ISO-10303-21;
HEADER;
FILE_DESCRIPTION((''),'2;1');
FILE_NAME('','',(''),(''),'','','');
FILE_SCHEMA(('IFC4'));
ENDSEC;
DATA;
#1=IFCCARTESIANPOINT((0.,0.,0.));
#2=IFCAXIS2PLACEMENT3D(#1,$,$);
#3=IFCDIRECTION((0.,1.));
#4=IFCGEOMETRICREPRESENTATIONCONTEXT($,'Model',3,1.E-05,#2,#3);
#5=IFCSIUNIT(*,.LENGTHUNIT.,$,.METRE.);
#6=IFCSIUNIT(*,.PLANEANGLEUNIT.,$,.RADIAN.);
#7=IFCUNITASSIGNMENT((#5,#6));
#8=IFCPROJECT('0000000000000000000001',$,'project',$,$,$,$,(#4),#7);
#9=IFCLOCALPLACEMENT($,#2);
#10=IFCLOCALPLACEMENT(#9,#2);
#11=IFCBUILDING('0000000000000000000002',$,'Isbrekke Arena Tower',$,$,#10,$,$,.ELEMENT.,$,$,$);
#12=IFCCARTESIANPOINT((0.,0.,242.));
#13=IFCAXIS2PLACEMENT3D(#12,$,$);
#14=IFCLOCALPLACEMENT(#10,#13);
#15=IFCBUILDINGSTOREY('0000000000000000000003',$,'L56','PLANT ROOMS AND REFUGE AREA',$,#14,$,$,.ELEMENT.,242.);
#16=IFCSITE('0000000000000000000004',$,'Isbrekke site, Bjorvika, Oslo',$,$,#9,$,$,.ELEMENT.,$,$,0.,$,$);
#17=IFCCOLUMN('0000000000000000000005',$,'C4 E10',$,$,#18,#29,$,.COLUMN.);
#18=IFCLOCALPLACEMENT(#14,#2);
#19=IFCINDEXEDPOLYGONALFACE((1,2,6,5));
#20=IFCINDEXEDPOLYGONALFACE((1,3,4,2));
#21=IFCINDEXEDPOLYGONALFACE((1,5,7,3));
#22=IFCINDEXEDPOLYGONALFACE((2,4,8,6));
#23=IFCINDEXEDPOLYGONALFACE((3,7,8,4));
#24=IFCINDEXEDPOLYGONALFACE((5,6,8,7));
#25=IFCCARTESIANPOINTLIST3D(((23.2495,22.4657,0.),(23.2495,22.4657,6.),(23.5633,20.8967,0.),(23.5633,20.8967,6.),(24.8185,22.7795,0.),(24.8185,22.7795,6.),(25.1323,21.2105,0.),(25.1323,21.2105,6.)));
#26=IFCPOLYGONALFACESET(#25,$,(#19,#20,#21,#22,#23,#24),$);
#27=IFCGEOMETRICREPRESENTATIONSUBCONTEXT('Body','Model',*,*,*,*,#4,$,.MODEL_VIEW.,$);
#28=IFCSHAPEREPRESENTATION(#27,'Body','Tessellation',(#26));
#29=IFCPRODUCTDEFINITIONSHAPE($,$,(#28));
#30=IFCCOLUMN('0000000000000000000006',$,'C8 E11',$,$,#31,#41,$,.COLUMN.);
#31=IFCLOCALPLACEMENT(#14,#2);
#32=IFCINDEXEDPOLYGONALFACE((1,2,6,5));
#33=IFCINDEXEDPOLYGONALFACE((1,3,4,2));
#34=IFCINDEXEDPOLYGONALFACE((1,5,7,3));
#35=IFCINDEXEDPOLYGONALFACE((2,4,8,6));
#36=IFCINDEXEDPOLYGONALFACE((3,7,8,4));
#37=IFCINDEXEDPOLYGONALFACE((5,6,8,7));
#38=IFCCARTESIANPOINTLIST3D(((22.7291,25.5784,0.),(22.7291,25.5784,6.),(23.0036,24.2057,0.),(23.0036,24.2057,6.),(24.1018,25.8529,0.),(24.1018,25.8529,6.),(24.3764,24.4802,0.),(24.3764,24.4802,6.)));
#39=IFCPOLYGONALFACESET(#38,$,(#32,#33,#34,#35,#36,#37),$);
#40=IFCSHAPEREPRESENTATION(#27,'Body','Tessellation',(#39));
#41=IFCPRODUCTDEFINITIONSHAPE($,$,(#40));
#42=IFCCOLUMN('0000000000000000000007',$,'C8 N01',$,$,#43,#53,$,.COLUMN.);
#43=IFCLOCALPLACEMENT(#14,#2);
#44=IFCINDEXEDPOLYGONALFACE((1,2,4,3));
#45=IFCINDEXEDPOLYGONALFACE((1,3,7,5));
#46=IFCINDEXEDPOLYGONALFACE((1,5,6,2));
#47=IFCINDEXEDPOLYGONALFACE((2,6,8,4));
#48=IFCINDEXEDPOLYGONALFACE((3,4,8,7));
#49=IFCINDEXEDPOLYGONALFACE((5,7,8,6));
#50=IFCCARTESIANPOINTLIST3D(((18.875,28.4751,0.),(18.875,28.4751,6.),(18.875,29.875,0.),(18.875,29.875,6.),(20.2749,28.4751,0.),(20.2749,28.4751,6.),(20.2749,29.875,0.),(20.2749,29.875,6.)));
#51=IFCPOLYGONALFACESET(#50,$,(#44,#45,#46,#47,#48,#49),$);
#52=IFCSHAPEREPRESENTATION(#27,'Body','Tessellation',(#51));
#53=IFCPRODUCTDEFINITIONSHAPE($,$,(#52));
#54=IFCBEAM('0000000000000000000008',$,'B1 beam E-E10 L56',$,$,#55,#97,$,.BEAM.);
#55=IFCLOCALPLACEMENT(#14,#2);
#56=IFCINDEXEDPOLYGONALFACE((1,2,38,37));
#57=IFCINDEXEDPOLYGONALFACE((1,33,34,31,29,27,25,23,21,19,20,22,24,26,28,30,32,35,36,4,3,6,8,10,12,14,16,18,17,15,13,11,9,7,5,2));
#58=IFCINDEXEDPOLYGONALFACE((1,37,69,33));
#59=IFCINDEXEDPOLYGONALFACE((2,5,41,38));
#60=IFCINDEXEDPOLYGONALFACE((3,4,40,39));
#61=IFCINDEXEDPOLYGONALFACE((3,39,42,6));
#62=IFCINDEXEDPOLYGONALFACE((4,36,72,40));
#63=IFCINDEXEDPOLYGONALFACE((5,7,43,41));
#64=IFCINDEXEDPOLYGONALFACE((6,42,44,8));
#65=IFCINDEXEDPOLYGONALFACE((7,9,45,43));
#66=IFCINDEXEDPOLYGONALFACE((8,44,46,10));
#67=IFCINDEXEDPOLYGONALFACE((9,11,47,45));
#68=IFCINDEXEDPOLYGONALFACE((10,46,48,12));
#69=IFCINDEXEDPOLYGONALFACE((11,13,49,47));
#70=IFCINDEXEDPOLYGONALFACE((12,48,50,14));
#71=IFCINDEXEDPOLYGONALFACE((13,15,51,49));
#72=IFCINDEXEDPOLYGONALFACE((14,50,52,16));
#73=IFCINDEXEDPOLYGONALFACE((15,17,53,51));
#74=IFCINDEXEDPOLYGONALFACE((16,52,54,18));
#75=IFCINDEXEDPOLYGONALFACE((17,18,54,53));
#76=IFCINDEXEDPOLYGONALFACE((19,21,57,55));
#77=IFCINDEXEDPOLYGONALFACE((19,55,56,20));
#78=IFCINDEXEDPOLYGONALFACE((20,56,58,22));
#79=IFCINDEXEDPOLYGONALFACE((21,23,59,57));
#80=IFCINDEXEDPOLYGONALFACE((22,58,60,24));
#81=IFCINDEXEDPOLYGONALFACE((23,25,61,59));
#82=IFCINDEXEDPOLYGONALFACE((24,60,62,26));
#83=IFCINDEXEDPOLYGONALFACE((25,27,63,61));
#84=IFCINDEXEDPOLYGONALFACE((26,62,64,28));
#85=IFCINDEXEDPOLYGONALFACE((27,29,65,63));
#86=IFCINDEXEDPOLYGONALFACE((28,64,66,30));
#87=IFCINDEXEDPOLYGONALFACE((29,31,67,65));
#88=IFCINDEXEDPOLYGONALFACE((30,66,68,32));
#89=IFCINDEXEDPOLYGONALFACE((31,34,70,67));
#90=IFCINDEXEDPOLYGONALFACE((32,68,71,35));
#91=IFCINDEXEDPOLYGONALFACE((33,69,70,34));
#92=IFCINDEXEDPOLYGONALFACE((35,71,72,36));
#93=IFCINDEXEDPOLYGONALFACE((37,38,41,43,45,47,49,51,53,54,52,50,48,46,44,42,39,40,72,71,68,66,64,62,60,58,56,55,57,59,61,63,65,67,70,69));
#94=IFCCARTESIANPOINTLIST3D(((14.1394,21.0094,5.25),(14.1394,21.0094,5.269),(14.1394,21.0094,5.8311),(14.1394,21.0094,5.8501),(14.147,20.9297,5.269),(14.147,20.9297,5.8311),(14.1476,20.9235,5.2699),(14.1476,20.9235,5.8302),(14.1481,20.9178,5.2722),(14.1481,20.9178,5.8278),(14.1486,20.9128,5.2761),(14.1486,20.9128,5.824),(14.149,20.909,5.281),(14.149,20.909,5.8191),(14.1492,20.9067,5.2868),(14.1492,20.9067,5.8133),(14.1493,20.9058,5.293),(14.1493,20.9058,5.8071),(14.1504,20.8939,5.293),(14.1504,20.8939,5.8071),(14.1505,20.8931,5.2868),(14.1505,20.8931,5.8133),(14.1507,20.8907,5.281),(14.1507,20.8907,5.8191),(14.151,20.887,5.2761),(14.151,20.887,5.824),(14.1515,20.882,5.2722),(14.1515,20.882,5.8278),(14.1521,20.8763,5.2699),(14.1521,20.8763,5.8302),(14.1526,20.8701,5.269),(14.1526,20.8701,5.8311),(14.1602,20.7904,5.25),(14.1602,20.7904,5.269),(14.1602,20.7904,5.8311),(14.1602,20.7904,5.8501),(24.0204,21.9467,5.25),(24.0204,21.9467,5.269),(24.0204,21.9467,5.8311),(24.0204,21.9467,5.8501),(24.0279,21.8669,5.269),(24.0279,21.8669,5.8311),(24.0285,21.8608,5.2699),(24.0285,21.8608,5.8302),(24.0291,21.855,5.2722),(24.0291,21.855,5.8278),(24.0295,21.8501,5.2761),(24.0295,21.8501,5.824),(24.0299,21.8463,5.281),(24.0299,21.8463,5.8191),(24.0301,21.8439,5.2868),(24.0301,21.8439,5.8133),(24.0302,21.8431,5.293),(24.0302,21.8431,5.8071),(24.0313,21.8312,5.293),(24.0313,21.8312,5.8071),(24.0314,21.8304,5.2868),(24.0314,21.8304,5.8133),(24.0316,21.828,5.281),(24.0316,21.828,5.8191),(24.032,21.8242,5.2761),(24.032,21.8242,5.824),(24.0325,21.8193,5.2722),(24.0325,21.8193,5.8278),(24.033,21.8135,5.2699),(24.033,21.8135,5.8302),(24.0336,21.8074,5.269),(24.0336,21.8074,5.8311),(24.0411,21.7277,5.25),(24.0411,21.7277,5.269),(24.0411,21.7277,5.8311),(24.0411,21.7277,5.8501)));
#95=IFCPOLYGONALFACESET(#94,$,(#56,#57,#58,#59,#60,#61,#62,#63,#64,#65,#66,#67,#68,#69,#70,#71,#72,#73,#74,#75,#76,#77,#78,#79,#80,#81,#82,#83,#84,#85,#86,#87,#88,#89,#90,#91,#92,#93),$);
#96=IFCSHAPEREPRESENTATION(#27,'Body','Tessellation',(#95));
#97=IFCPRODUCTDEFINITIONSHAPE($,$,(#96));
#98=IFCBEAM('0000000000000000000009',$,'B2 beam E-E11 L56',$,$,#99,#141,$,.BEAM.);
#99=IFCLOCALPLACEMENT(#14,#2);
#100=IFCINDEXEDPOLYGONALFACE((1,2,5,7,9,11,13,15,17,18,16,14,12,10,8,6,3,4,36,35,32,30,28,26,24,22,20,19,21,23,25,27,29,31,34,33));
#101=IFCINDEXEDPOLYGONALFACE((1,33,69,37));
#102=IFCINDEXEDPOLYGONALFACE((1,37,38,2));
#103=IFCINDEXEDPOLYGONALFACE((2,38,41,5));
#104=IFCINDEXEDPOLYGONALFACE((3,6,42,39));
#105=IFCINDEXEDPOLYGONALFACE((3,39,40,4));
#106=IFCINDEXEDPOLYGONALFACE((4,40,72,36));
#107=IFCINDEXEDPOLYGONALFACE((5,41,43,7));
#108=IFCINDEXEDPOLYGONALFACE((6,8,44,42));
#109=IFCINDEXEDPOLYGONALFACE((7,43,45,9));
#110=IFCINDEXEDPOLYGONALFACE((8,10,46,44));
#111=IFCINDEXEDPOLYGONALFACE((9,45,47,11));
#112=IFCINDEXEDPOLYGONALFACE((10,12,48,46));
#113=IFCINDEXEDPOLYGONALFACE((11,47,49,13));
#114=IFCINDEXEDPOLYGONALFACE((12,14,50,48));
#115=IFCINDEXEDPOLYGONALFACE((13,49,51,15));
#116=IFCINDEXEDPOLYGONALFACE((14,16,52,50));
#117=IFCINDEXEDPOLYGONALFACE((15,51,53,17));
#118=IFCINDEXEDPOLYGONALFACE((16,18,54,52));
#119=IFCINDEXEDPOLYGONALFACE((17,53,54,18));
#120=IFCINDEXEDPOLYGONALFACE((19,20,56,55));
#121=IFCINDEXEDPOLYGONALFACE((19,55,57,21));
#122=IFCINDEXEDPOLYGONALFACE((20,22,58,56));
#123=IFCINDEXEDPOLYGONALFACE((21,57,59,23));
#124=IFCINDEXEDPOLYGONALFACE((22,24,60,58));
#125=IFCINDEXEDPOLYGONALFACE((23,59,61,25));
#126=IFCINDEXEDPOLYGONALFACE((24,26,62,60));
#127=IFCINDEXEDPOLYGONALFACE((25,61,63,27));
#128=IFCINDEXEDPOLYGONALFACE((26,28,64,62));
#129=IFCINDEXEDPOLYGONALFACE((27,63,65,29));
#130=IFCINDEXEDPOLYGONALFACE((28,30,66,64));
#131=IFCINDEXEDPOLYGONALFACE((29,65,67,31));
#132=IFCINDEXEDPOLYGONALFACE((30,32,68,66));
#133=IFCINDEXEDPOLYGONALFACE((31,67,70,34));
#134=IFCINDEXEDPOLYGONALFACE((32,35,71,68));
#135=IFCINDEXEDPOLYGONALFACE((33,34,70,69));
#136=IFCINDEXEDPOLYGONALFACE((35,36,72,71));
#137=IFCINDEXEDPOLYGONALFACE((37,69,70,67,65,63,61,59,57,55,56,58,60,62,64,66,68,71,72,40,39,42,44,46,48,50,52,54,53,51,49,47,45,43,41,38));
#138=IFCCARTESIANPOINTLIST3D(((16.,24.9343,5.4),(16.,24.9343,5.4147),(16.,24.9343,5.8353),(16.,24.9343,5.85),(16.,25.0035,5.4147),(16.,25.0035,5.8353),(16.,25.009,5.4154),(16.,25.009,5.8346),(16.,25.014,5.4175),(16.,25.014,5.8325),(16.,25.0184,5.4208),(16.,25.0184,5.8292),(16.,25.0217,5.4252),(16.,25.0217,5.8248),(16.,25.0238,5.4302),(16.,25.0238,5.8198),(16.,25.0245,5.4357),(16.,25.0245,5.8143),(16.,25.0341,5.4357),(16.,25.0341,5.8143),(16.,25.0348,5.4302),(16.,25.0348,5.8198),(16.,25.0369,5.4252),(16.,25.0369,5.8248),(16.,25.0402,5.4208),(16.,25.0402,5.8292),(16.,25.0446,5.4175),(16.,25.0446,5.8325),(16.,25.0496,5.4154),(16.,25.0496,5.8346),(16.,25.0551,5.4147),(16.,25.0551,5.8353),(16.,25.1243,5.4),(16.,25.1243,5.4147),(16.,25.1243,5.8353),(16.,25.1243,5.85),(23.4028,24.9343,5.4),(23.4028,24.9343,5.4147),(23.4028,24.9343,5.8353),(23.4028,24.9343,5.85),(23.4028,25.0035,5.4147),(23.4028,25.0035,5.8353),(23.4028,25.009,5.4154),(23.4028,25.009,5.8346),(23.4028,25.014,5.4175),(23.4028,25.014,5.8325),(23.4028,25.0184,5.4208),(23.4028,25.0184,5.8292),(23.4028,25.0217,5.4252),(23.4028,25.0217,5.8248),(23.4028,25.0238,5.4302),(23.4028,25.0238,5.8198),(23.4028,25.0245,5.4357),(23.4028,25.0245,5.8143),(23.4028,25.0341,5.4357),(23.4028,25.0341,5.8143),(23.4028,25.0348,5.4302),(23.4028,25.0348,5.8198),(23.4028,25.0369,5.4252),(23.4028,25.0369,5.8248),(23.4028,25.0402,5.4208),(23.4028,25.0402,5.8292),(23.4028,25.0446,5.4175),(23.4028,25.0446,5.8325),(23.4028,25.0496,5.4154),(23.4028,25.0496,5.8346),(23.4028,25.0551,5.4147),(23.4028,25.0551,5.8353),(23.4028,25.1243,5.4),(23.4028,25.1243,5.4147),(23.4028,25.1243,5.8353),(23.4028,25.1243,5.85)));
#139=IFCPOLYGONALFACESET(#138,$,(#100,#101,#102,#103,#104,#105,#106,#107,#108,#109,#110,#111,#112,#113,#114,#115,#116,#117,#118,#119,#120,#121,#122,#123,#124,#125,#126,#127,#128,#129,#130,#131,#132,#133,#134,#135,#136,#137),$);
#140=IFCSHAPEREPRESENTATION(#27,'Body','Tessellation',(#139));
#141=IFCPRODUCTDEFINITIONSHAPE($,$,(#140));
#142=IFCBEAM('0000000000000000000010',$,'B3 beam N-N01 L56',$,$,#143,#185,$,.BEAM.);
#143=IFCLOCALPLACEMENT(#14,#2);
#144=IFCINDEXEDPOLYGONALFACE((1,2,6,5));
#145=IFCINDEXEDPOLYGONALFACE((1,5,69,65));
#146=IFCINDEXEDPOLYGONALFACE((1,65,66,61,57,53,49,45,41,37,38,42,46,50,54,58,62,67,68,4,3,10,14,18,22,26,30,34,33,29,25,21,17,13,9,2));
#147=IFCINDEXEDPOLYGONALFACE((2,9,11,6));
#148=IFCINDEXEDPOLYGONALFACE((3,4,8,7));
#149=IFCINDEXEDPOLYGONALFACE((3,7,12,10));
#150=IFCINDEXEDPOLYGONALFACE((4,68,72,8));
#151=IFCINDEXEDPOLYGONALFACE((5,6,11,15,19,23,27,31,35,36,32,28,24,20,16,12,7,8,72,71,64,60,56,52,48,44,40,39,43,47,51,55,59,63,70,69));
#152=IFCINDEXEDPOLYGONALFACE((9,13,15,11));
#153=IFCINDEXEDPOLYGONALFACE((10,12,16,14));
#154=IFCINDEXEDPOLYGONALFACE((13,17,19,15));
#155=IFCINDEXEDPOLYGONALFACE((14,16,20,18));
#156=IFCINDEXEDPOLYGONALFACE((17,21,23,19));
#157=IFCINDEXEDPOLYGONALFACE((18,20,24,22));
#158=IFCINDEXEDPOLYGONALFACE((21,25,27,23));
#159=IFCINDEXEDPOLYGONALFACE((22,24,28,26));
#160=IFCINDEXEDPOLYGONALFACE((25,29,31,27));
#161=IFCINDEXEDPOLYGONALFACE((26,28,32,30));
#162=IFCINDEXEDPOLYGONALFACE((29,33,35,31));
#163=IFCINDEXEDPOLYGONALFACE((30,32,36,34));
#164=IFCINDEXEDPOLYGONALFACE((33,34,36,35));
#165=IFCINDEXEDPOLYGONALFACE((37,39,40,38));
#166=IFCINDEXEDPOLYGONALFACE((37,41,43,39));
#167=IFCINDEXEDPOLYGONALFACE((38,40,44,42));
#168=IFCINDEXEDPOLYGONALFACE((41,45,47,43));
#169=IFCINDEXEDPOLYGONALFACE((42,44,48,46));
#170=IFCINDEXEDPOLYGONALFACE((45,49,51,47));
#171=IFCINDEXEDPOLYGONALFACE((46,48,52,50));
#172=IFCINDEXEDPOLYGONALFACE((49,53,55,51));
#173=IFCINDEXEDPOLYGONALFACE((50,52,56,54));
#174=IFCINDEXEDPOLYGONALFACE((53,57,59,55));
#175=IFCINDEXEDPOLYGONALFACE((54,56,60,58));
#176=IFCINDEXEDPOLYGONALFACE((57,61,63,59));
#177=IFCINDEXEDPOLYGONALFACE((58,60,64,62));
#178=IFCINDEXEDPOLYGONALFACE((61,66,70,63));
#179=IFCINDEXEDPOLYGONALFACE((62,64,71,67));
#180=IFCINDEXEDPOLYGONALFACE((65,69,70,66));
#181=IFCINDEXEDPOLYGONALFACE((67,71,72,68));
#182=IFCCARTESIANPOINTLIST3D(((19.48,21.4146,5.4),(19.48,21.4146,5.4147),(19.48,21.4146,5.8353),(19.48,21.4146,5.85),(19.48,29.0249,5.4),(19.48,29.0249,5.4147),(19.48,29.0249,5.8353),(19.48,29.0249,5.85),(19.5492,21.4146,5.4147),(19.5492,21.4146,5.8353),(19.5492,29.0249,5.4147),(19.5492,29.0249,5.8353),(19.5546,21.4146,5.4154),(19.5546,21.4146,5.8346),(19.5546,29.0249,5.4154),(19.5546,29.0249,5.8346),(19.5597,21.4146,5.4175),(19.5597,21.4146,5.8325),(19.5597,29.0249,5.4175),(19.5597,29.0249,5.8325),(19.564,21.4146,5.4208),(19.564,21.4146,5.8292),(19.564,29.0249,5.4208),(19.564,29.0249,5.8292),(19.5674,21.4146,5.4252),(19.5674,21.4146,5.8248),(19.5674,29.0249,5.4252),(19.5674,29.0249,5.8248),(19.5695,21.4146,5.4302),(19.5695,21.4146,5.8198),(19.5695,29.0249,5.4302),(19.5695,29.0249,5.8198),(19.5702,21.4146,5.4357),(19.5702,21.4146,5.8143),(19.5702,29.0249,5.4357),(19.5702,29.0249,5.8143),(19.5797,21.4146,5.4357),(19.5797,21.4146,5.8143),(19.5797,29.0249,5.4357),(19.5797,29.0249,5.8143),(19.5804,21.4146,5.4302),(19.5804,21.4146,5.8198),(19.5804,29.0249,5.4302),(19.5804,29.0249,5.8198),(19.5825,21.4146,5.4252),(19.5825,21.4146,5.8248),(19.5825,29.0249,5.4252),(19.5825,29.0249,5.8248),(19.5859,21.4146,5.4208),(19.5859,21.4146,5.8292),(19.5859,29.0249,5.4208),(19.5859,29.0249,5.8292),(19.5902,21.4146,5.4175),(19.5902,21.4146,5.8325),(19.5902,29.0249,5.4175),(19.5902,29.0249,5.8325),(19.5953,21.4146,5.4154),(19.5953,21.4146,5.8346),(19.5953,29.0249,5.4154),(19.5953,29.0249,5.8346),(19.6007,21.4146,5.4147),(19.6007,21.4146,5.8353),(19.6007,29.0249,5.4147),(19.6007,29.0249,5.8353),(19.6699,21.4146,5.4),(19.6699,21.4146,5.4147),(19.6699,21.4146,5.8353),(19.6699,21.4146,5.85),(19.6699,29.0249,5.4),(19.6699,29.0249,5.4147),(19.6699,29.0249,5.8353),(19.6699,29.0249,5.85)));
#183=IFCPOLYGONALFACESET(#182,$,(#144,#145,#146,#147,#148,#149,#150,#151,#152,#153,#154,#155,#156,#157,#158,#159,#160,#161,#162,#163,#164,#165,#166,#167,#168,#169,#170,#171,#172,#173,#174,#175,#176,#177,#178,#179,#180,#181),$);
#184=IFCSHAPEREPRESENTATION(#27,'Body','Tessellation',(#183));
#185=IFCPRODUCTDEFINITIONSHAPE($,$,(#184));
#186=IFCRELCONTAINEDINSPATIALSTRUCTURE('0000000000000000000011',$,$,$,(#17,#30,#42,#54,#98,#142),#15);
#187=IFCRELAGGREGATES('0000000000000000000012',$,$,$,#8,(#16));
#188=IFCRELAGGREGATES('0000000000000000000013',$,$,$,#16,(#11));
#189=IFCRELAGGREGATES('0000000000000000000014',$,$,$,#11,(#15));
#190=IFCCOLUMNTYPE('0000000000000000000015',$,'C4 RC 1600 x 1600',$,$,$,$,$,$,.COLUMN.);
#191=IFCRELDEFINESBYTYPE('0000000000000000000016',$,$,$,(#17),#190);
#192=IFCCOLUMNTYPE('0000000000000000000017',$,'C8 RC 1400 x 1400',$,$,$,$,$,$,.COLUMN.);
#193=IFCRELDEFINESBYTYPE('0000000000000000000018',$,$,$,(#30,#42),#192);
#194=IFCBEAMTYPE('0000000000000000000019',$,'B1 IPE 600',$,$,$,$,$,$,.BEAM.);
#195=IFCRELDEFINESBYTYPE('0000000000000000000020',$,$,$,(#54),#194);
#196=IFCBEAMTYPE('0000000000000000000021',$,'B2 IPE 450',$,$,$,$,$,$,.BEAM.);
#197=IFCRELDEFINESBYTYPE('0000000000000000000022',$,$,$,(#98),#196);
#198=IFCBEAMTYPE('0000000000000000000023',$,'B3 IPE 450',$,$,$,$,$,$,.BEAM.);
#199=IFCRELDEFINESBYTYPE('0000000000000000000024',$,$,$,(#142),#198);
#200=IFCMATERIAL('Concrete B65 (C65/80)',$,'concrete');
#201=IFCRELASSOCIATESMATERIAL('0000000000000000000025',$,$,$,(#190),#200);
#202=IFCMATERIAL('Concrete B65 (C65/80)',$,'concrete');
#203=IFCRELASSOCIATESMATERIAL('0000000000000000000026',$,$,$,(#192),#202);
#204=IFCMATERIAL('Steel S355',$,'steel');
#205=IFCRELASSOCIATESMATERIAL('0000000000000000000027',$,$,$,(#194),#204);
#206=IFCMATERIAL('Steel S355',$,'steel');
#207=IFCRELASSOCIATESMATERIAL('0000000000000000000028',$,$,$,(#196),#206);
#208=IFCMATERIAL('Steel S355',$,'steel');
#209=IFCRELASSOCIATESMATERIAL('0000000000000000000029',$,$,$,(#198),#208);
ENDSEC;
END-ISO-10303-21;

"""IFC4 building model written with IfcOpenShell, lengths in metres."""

from ifc_helpers import new_model, si_unit, direction, frame, origin, origin_2d, place, context, subcontext, project, spatial, rectangle, i_section, extrude, material, material_profile, profile_set, type_object, element, save


model = new_model("IFC4")

# Units and contexts
model_context = context("Model", 3, precision=1e-05, world=origin(), true_north=direction((0.0, 1.0)))
body_context = subcontext(model_context, "Body", "Model", "MODEL_VIEW")
ifc_project = project(units=[si_unit("LENGTHUNIT", "METRE"), si_unit("PLANEANGLEUNIT", "RADIAN")], contexts=[model_context])

# Site, building, storey
site_placement = place(None, origin())
site = spatial("IfcSite", under=ifc_project, at=site_placement, Name="Isbrekke site, Bjorvika, Oslo", CompositionType="ELEMENT", RefElevation=0.0)
building_placement = place(site_placement, origin())
building = spatial("IfcBuilding", under=site, at=building_placement, Name="Isbrekke Arena Tower", CompositionType="ELEMENT")
storey_placement = place(building_placement, frame((0.0, 0.0, 242.0)))
storey = spatial("IfcBuildingStorey", under=building, at=storey_placement, Name="L56", Description="PLANT ROOMS AND REFUGE AREA", CompositionType="ELEMENT", Elevation=242.0)

# Columns
ifc_material_1 = material(Name="Concrete B65 (C65/80)", Category="concrete")
ifc_material_profile_1 = material_profile(ifc_material_1, rectangle(XDim=1.6001, YDim=1.6001, at=origin_2d()), Name="RC 1600x1600")
ifc_profile_set_1 = profile_set([ifc_material_profile_1], Name="Concrete B65 (C65/80)")
column_type_1 = type_object("IfcColumnType", Name="C4 RC 1600 x 1600", PredefinedType="COLUMN", material=ifc_profile_set_1)
column_placement = place(storey_placement, frame((24.1909, 21.8381, 0.0), z_axis=(0.0, 0.0, 1.0), x_axis=(-0.196116, 0.980581, 0.0)))
element("IfcColumn", 1, at=column_placement, inside=storey, type_object=column_type_1, Name="C4 E10", PredefinedType="COLUMN", context=body_context, shape_type="SweptSolid", body=[
    extrude(rectangle(XDim=1.6001, YDim=1.6001, at=origin_2d()), origin(), (0.0, 0.0, 1.0), 6.0),
])
ifc_material_2 = material(Name="Concrete B65 (C65/80)", Category="concrete")
ifc_material_profile_2 = material_profile(ifc_material_2, rectangle(XDim=1.3999, YDim=1.3999, at=origin_2d()), Name="RC 1400x1400")
ifc_profile_set_2 = profile_set([ifc_material_profile_2], Name="Concrete B65 (C65/80)")
column_type_2 = type_object("IfcColumnType", Name="C8 RC 1400 x 1400", PredefinedType="COLUMN", material=ifc_profile_set_2)
for number, where, z_axis, x_axis, name in (
    (2, (23.5527, 25.0293, 0.0), (0.0, 0.0, 1.0), (-0.196116, 0.980581, 0.0), "C8 E11"),
    (3, (19.575, 29.175, 0.0), (0.0, 0.0, 1.0), (-1.0, 0.0, 0.0), "C8 N01"),
):
    element("IfcColumn", number, at=place(storey_placement, frame(where, z_axis=z_axis, x_axis=x_axis)), inside=storey, type_object=column_type_2, Name=name, PredefinedType="COLUMN", context=body_context, shape_type="SweptSolid", body=[
        extrude(rectangle(XDim=1.3999, YDim=1.3999, at=origin_2d()), origin(), (0.0, 0.0, 1.0), 6.0),
    ])

# Beams
ifc_material_3 = material(Name="Steel S355", Category="steel")
ifc_material_profile_3 = material_profile(ifc_material_3, i_section(OverallWidth=0.22, OverallDepth=0.6001, WebThickness=0.012, FlangeThickness=0.019, FilletRadius=0.0239, at=origin_2d()), Name="IPE 600")
ifc_profile_set_3 = profile_set([ifc_material_profile_3], Name="Steel S355")
beam_type_1 = type_object("IfcBeamType", Name="B1 IPE 600", PredefinedType="BEAM", material=ifc_profile_set_3)
beam_1_placement = place(storey_placement, frame((24.0308, 21.8372, 5.55), z_axis=(-0.995531, -0.094432, 0.0), x_axis=(0.094432, -0.995531, 0.0)))
element("IfcBeam", 4, at=beam_1_placement, inside=storey, type_object=beam_type_1, Name="B1 beam E-E10 L56", PredefinedType="BEAM", context=body_context, shape_type="SweptSolid", body=[
    extrude(i_section(OverallWidth=0.22, OverallDepth=0.6001, WebThickness=0.012, FlangeThickness=0.019, FilletRadius=0.0239, at=origin_2d()), origin(), (0.0, 0.0, 1.0), 9.9253),
])
ifc_material_4 = material(Name="Steel S355", Category="steel")
ifc_material_profile_4 = material_profile(ifc_material_4, i_section(OverallWidth=0.1899, OverallDepth=0.45, WebThickness=0.0095, FlangeThickness=0.0146, FilletRadius=0.021, at=origin_2d()), Name="IPE 450")
ifc_profile_set_4 = profile_set([ifc_material_profile_4], Name="Steel S355")
beam_type_2 = type_object("IfcBeamType", Name="B2 IPE 450", PredefinedType="BEAM", material=ifc_profile_set_4)
beam_2_placement = place(storey_placement, frame((23.4028, 25.0293, 5.625), z_axis=(-1.0, 0.0, 0.0), x_axis=(0.0, -1.0, 0.0)))
element("IfcBeam", 5, at=beam_2_placement, inside=storey, type_object=beam_type_2, Name="B2 beam E-E11 L56", PredefinedType="BEAM", context=body_context, shape_type="SweptSolid", body=[
    extrude(i_section(OverallWidth=0.1899, OverallDepth=0.45, WebThickness=0.0095, FlangeThickness=0.0146, FilletRadius=0.021, at=origin_2d()), origin(), (0.0, 0.0, 1.0), 7.4028),
])
ifc_material_5 = material(Name="Steel S355", Category="steel")
ifc_material_profile_5 = material_profile(ifc_material_5, i_section(OverallWidth=0.1899, OverallDepth=0.45, WebThickness=0.0095, FlangeThickness=0.0146, FilletRadius=0.021, at=origin_2d()), Name="IPE 450")
ifc_profile_set_5 = profile_set([ifc_material_profile_5], Name="Steel S355")
beam_type_3 = type_object("IfcBeamType", Name="B3 IPE 450", PredefinedType="BEAM", material=ifc_profile_set_5)
beam_3_placement = place(storey_placement, frame((19.575, 29.0249, 5.625), z_axis=(0.0, -1.0, 0.0), x_axis=(1.0, 0.0, 0.0)))
element("IfcBeam", 6, at=beam_3_placement, inside=storey, type_object=beam_type_3, Name="B3 beam N-N01 L56", PredefinedType="BEAM", context=body_context, shape_type="SweptSolid", body=[
    extrude(i_section(OverallWidth=0.1899, OverallDepth=0.45, WebThickness=0.0095, FlangeThickness=0.0146, FilletRadius=0.021, at=origin_2d()), origin(), (0.0, 0.0, 1.0), 7.6104),
])

save(model, "model.ifc")
